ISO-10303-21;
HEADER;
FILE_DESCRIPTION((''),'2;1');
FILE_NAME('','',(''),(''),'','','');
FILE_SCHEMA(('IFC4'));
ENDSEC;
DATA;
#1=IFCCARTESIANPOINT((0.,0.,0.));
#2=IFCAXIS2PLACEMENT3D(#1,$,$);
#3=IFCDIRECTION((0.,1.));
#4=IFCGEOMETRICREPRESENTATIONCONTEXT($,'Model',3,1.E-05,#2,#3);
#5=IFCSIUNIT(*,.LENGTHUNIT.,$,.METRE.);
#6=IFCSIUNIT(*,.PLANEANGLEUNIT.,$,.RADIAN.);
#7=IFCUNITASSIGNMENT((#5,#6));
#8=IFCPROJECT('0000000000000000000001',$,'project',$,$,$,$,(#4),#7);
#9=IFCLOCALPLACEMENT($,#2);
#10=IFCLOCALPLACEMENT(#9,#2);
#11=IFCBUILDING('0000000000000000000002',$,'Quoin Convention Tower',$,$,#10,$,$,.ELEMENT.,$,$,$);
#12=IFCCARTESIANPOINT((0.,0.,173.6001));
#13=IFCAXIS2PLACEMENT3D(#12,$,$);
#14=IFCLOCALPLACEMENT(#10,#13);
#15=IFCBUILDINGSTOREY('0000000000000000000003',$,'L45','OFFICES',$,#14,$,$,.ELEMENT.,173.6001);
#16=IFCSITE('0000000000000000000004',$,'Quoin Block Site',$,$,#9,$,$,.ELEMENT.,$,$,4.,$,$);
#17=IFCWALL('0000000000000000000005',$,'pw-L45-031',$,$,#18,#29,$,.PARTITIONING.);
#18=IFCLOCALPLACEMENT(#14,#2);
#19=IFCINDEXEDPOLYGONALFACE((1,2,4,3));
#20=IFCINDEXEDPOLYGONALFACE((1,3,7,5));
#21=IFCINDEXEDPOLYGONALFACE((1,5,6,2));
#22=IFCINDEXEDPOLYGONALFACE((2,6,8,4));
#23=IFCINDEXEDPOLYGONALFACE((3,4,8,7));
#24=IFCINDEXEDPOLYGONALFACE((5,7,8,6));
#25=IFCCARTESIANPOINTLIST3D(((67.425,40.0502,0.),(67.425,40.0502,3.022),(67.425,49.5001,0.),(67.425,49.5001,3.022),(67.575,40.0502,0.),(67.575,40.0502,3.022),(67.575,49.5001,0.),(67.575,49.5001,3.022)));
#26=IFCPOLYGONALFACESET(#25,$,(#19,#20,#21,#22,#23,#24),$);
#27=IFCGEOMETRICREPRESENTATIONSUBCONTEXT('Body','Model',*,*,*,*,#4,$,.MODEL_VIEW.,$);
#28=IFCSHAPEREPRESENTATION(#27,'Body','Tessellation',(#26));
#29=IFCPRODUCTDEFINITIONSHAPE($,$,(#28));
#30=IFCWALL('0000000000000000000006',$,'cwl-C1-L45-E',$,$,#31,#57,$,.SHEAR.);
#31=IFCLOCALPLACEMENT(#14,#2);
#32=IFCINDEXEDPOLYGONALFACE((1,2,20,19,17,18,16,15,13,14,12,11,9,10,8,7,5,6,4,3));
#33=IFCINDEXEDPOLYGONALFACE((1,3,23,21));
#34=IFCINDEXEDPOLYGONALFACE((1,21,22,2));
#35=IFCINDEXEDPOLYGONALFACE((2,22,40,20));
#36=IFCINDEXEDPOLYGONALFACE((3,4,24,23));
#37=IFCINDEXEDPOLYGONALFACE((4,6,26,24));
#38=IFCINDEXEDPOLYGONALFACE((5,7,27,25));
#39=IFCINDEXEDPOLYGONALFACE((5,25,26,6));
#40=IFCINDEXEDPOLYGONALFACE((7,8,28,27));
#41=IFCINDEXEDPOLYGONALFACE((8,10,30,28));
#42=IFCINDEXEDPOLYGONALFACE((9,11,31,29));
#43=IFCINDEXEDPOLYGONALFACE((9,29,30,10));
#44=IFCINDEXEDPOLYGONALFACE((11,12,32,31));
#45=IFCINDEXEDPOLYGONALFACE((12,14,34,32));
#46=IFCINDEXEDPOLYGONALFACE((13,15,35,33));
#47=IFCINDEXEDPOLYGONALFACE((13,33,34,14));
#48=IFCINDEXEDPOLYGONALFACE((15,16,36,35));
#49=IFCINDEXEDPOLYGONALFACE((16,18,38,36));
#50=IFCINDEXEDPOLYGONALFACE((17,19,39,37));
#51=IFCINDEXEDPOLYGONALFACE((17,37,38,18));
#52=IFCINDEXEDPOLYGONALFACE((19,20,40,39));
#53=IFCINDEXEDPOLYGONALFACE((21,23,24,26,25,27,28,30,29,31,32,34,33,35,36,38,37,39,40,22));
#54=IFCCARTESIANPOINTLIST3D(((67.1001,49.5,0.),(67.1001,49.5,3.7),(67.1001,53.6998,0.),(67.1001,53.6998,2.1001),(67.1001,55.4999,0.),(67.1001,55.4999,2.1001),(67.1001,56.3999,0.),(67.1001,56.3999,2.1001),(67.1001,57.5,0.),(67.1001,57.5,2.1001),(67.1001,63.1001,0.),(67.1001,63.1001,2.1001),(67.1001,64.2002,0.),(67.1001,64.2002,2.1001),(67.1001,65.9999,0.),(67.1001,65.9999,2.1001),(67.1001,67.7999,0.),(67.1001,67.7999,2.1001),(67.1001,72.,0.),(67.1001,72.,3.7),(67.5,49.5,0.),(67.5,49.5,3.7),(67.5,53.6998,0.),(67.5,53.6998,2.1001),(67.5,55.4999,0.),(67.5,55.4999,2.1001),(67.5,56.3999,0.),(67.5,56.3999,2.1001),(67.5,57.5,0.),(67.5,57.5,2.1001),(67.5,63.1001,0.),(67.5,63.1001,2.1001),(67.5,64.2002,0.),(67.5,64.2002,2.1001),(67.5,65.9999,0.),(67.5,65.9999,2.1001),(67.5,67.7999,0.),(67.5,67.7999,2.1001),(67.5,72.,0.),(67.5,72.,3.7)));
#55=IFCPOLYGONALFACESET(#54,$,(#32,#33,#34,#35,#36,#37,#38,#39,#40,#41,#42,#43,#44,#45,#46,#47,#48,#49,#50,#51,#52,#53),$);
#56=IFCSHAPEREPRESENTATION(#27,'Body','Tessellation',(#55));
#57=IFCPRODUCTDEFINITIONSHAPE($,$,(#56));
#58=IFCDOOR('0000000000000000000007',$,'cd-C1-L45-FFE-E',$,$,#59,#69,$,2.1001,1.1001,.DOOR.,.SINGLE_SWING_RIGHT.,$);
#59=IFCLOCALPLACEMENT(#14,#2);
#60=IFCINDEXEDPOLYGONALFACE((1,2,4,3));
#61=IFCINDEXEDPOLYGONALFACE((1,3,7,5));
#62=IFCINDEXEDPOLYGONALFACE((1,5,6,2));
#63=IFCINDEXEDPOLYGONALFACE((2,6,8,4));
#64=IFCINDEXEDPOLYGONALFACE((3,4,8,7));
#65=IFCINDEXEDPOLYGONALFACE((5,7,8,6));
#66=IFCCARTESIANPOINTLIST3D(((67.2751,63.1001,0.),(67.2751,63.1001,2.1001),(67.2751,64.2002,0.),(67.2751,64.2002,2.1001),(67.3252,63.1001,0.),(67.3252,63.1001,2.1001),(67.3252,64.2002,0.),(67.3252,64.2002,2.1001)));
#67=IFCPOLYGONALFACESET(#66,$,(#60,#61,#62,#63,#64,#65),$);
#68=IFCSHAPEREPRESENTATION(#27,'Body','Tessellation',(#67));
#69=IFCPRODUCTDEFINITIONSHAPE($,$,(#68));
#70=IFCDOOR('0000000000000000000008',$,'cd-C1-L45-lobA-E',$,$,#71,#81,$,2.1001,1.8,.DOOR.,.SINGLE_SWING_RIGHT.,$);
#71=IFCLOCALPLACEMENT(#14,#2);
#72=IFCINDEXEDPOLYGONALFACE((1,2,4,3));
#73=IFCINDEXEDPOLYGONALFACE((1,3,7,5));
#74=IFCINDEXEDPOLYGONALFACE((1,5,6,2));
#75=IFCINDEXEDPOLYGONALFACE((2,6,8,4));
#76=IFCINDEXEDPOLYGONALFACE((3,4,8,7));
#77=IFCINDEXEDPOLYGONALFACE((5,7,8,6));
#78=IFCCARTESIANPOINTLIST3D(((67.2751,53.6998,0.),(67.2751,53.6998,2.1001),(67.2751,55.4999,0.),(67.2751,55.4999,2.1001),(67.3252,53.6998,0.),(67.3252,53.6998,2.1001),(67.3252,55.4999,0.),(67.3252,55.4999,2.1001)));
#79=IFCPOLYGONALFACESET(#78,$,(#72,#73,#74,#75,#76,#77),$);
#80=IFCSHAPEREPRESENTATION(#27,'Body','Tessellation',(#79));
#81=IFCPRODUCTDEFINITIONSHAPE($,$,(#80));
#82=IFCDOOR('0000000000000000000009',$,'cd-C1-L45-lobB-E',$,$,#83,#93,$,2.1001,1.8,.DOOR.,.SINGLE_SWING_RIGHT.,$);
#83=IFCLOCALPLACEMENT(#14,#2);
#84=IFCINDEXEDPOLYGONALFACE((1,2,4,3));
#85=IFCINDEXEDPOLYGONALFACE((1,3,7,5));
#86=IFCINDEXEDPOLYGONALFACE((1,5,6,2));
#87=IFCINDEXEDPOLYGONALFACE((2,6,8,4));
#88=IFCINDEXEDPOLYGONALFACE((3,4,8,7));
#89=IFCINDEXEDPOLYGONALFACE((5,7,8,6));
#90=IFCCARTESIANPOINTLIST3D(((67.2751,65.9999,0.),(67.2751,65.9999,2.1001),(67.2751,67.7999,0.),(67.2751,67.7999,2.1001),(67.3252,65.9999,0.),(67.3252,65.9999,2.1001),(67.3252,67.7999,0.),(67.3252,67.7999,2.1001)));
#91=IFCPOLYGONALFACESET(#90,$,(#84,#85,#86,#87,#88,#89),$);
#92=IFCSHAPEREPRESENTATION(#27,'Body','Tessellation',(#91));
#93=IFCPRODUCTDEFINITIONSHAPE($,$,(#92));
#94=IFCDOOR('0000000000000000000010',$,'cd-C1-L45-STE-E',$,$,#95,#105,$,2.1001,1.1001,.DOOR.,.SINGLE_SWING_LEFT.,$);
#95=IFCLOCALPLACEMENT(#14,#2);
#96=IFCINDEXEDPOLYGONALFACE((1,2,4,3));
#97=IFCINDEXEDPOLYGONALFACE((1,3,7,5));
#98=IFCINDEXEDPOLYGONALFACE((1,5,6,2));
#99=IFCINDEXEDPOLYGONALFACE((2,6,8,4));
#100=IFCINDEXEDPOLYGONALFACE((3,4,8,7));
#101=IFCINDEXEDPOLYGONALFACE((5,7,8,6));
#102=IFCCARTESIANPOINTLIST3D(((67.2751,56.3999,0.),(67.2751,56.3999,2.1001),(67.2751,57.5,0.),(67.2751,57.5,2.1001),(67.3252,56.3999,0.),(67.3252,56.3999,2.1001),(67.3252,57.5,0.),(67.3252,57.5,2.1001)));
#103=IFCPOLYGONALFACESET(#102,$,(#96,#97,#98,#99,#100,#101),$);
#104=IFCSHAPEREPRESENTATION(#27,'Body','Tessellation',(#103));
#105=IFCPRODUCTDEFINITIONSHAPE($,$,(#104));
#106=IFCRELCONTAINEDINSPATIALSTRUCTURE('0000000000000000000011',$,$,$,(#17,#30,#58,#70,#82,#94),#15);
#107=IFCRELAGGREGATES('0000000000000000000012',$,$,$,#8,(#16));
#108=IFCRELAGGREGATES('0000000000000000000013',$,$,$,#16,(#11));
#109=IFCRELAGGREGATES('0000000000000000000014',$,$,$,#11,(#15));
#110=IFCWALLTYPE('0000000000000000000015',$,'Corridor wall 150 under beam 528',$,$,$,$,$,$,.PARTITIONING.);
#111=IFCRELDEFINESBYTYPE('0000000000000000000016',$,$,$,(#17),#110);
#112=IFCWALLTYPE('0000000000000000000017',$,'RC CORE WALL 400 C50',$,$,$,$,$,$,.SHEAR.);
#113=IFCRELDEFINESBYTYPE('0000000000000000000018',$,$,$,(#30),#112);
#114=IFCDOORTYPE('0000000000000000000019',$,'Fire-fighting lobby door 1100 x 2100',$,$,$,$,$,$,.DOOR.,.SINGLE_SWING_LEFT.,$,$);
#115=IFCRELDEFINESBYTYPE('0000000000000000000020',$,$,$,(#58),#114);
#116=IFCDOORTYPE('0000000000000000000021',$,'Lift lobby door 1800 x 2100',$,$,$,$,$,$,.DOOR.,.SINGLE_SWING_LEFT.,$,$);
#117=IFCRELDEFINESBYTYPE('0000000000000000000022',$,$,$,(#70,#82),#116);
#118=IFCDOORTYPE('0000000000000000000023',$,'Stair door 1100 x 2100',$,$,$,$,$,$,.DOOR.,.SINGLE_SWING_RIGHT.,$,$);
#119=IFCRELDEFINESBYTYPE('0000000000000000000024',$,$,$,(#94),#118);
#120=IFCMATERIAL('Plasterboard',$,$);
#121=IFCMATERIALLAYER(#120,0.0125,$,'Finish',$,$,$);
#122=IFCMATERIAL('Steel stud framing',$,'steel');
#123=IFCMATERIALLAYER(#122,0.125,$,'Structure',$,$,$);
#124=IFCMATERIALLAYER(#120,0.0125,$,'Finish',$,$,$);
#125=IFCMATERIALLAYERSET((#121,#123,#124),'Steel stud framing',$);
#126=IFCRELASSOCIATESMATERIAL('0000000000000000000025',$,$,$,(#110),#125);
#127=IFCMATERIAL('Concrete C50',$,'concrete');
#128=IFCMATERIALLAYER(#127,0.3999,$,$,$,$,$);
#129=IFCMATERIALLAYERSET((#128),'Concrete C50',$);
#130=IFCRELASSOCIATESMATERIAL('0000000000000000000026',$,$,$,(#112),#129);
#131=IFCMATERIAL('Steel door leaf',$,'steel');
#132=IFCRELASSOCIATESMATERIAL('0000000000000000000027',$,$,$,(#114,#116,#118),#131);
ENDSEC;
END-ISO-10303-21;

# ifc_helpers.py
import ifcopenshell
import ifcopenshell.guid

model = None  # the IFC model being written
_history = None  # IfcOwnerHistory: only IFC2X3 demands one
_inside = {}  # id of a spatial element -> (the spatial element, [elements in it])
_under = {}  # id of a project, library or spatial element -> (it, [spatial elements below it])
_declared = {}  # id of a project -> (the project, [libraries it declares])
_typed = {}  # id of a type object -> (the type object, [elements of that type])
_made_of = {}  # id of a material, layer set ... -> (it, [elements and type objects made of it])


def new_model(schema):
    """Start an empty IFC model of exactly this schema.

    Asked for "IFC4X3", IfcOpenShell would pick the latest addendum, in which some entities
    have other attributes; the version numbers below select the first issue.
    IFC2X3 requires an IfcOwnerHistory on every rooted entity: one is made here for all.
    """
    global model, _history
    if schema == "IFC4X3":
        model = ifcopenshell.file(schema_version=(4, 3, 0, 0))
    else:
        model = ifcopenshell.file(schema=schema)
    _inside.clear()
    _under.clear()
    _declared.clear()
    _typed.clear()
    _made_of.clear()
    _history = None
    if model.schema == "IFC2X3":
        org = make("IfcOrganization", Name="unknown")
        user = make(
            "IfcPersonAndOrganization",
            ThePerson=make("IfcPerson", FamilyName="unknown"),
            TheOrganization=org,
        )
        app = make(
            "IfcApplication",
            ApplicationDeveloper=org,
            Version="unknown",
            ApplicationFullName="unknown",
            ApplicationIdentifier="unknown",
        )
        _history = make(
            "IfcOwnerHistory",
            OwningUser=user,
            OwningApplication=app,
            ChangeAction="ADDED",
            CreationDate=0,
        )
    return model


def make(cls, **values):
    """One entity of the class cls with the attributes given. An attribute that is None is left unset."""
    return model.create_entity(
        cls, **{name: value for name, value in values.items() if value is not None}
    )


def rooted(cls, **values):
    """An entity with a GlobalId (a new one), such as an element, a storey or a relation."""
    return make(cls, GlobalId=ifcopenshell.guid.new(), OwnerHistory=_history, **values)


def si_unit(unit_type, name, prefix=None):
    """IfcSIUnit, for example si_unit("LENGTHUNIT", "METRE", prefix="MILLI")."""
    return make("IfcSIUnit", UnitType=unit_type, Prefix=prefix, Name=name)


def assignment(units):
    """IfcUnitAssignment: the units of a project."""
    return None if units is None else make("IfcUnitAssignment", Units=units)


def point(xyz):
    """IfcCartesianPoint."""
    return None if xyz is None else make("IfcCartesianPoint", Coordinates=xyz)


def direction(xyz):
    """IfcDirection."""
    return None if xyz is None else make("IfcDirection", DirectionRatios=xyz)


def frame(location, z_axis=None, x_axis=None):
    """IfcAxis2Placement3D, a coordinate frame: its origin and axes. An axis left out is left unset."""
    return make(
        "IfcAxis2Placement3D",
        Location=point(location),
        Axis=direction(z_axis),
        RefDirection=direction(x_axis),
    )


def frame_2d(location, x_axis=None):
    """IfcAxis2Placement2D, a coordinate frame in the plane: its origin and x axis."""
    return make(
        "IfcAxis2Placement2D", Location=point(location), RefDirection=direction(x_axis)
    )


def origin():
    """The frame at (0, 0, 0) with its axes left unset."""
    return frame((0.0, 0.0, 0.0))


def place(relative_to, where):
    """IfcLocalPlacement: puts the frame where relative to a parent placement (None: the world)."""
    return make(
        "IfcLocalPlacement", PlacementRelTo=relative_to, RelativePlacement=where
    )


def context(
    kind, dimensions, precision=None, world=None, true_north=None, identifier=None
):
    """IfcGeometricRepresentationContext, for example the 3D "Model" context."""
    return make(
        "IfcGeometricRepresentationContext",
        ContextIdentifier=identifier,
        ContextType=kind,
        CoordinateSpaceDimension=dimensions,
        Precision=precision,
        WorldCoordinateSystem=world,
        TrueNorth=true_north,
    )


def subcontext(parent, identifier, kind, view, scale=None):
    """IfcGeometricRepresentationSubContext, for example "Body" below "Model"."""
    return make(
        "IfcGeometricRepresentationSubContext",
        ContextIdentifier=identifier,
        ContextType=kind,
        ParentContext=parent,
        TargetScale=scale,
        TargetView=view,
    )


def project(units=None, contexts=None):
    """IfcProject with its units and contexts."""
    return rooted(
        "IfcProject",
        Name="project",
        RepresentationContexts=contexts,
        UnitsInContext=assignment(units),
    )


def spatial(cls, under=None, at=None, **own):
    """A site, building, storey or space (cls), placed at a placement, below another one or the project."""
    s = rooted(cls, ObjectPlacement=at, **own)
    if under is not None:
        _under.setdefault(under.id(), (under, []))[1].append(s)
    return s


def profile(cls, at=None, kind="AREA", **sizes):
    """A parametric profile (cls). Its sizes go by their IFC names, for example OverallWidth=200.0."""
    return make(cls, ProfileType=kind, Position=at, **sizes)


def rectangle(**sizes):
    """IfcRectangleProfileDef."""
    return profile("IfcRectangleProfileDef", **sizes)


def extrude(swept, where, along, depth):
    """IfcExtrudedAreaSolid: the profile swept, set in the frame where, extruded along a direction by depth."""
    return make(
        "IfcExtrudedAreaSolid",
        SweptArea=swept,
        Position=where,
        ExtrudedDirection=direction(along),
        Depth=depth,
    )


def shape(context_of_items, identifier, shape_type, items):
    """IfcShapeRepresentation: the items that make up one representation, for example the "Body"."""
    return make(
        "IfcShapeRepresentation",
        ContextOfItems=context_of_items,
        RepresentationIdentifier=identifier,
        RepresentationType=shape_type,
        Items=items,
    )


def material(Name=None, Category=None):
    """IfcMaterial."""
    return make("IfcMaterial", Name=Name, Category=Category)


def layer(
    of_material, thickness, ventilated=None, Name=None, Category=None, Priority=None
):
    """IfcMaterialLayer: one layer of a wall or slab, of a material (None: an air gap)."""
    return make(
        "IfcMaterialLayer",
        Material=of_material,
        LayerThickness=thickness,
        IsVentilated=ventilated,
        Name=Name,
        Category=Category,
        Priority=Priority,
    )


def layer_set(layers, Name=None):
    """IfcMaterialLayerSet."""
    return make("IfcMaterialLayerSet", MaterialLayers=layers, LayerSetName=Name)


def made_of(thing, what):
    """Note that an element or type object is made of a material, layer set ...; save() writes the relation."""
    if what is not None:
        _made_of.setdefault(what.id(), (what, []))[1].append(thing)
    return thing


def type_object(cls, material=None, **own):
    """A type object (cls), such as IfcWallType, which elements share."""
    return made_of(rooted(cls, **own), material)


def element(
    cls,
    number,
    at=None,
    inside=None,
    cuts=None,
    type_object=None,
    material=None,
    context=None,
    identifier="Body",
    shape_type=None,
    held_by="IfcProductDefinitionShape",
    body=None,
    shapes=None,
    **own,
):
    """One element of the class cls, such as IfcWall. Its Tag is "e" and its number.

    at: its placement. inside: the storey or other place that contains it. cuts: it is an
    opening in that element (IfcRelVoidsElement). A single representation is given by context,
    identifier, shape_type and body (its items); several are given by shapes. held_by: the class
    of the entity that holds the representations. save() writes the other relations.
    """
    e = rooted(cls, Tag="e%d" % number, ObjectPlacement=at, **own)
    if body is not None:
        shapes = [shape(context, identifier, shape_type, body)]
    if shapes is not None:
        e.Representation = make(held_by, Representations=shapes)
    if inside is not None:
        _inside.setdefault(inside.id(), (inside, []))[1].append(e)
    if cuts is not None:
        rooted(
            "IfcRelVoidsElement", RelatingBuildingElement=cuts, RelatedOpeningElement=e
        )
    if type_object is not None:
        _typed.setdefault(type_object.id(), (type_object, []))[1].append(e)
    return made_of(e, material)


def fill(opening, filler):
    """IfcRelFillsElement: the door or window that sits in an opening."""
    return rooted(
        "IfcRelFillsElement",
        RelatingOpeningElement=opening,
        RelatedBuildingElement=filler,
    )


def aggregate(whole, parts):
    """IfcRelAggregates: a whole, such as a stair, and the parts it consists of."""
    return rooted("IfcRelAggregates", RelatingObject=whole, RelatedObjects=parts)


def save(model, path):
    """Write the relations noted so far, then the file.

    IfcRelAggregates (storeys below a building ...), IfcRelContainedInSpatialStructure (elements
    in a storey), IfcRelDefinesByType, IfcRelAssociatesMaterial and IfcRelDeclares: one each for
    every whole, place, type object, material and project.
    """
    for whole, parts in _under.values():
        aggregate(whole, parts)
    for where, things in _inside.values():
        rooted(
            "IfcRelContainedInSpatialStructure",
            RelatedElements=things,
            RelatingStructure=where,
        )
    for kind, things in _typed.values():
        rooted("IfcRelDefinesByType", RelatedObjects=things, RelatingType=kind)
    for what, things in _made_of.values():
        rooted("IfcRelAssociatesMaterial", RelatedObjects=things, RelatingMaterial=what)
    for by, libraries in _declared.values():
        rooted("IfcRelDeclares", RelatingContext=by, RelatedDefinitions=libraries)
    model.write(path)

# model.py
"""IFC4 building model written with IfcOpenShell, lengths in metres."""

from ifc_helpers import new_model, si_unit, direction, frame, frame_2d, origin, place, context, subcontext, project, spatial, rectangle, extrude, material, layer, layer_set, type_object, element, fill, save


model = new_model("IFC4")

# Units and contexts
model_context = context("Model", 3, precision=1e-05, world=origin(), true_north=direction((0.0, 1.0)))
body_context = subcontext(model_context, "Body", "Model", "MODEL_VIEW")
ifc_project = project(units=[si_unit("LENGTHUNIT", "METRE"), si_unit("PLANEANGLEUNIT", "RADIAN")], contexts=[model_context])

# Site, building, storey
site_placement = place(None, origin())
site = spatial("IfcSite", under=ifc_project, at=site_placement, Name="Quoin Block Site", CompositionType="ELEMENT", RefElevation=4.0)
building_placement = place(site_placement, origin())
building = spatial("IfcBuilding", under=site, at=building_placement, Name="Quoin Convention Tower", CompositionType="ELEMENT")
storey_placement = place(building_placement, frame((0.0, 0.0, 173.6001)))
storey = spatial("IfcBuildingStorey", under=building, at=storey_placement, Name="L45", Description="OFFICES", CompositionType="ELEMENT", Elevation=173.6001)

# Shared definitions
ifc_material_1 = material(Name="Concrete C50", Category="concrete")

# Wall
ifc_material_2 = material(Name="Plasterboard")
ifc_material_3 = material(Name="Steel stud framing", Category="steel")
ifc_layer_1 = layer(ifc_material_2, 0.0125, Name="Finish")
ifc_layer_2 = layer(ifc_material_3, 0.125, Name="Structure")
ifc_layer_3 = layer(ifc_material_2, 0.0125, Name="Finish")
ifc_layer_set_1 = layer_set([ifc_layer_1, ifc_layer_2, ifc_layer_3], Name="Steel stud framing")
wall_type_1 = type_object("IfcWallType", Name="Corridor wall 150 under beam 528", PredefinedType="PARTITIONING", material=ifc_layer_set_1)
wall_1_placement = place(storey_placement, frame((67.5, 40.05, 0.0), z_axis=(0.0, 0.0, 1.0), x_axis=(0.0, 1.0, 0.0)))
element("IfcWall", 1, at=wall_1_placement, inside=storey, type_object=wall_type_1, Name="pw-L45-031", PredefinedType="PARTITIONING", context=body_context, shape_type="SweptSolid", body=[
    extrude(rectangle(XDim=9.45, YDim=0.1499, at=frame_2d((4.7251, 0.0))), origin(), (0.0, 0.0, 1.0), 3.022),
])

# Wall, openings, doors
ifc_layer_4 = layer(ifc_material_1, 0.3999)
ifc_layer_set_2 = layer_set([ifc_layer_4], Name="Concrete C50")
wall_type_2 = type_object("IfcWallType", Name="RC CORE WALL 400 C50", PredefinedType="SHEAR", material=ifc_layer_set_2)
wall_2_placement = place(storey_placement, frame((67.3, 49.5, 0.0), z_axis=(0.0, 0.0, 1.0), x_axis=(0.0, 1.0, 0.0)))
wall_2 = element("IfcWall", 2, at=wall_2_placement, inside=storey, type_object=wall_type_2, Name="cwl-C1-L45-E", PredefinedType="SHEAR", context=body_context, shape_type="SweptSolid", body=[
    extrude(rectangle(XDim=22.5, YDim=0.3999, at=frame_2d((11.25, 0.0))), origin(), (0.0, 0.0, 1.0), 3.7),
])
opening_1_placement = place(wall_2_placement, frame((4.2, 0.0, 0.0)))
opening_1 = element("IfcOpeningElement", 3, at=opening_1_placement, cuts=wall_2, PredefinedType="OPENING", context=body_context, shape_type="SweptSolid", body=[
    extrude(rectangle(XDim=1.8, YDim=2.1001, at=frame_2d((0.8999, 1.05))), frame((0.0, 0.21, 0.0), z_axis=(0.0, -1.0, 0.0), x_axis=(1.0, 0.0, 0.0)), (0.0, 0.0, 1.0), 0.4199),
])
opening_2_placement = place(wall_2_placement, frame((6.8999, 0.0, 0.0)))
opening_2 = element("IfcOpeningElement", 4, at=opening_2_placement, cuts=wall_2, PredefinedType="OPENING", context=body_context, shape_type="SweptSolid", body=[
    extrude(rectangle(XDim=1.1001, YDim=2.1001, at=frame_2d((0.55, 1.05))), frame((0.0, 0.21, 0.0), z_axis=(0.0, -1.0, 0.0), x_axis=(1.0, 0.0, 0.0)), (0.0, 0.0, 1.0), 0.4199),
])
opening_3_placement = place(wall_2_placement, frame((13.6001, 0.0, 0.0)))
opening_3 = element("IfcOpeningElement", 5, at=opening_3_placement, cuts=wall_2, PredefinedType="OPENING", context=body_context, shape_type="SweptSolid", body=[
    extrude(rectangle(XDim=1.1001, YDim=2.1001, at=frame_2d((0.55, 1.05))), frame((0.0, 0.21, 0.0), z_axis=(0.0, -1.0, 0.0), x_axis=(1.0, 0.0, 0.0)), (0.0, 0.0, 1.0), 0.4199),
])
opening_4_placement = place(wall_2_placement, frame((16.5, 0.0, 0.0)))
opening_4 = element("IfcOpeningElement", 6, at=opening_4_placement, cuts=wall_2, PredefinedType="OPENING", context=body_context, shape_type="SweptSolid", body=[
    extrude(rectangle(XDim=1.8, YDim=2.1001, at=frame_2d((0.8999, 1.05))), frame((0.0, 0.21, 0.0), z_axis=(0.0, -1.0, 0.0), x_axis=(1.0, 0.0, 0.0)), (0.0, 0.0, 1.0), 0.4199),
])
ifc_material_4 = material(Name="Steel door leaf", Category="steel")
door_type_1 = type_object("IfcDoorType", Name="Fire-fighting lobby door 1100 x 2100", OperationType="SINGLE_SWING_LEFT", PredefinedType="DOOR", material=ifc_material_4)
door_1_placement = place(opening_3_placement, origin())
door_1 = element("IfcDoor", 7, at=door_1_placement, inside=storey, type_object=door_type_1, Name="cd-C1-L45-FFE-E", OperationType="SINGLE_SWING_RIGHT", OverallHeight=2.1001, OverallWidth=1.1001, PredefinedType="DOOR", context=body_context, shape_type="SweptSolid", body=[
    extrude(rectangle(XDim=1.1001, YDim=2.1001, at=frame_2d((0.55, 1.05))), frame((0.0, 0.0249, 0.0), z_axis=(0.0, -1.0, 0.0), x_axis=(1.0, 0.0, 0.0)), (0.0, 0.0, 1.0), 0.05),
])
fill(opening_3, door_1)
door_type_2 = type_object("IfcDoorType", Name="Lift lobby door 1800 x 2100", OperationType="SINGLE_SWING_LEFT", PredefinedType="DOOR", material=ifc_material_4)
door_2_placement = place(opening_1_placement, origin())
door_2 = element("IfcDoor", 8, at=door_2_placement, inside=storey, type_object=door_type_2, Name="cd-C1-L45-lobA-E", OperationType="SINGLE_SWING_RIGHT", OverallHeight=2.1001, OverallWidth=1.8, PredefinedType="DOOR", context=body_context, shape_type="SweptSolid", body=[
    extrude(rectangle(XDim=1.8, YDim=2.1001, at=frame_2d((0.8999, 1.05))), frame((0.0, 0.0249, 0.0), z_axis=(0.0, -1.0, 0.0), x_axis=(1.0, 0.0, 0.0)), (0.0, 0.0, 1.0), 0.05),
])
fill(opening_1, door_2)
door_3_placement = place(opening_4_placement, origin())
door_3 = element("IfcDoor", 9, at=door_3_placement, inside=storey, type_object=door_type_2, Name="cd-C1-L45-lobB-E", OperationType="SINGLE_SWING_RIGHT", OverallHeight=2.1001, OverallWidth=1.8, PredefinedType="DOOR", context=body_context, shape_type="SweptSolid", body=[
    extrude(rectangle(XDim=1.8, YDim=2.1001, at=frame_2d((0.8999, 1.05))), frame((0.0, 0.0249, 0.0), z_axis=(0.0, -1.0, 0.0), x_axis=(1.0, 0.0, 0.0)), (0.0, 0.0, 1.0), 0.05),
])
fill(opening_4, door_3)
door_type_3 = type_object("IfcDoorType", Name="Stair door 1100 x 2100", OperationType="SINGLE_SWING_RIGHT", PredefinedType="DOOR", material=ifc_material_4)
door_4_placement = place(opening_2_placement, origin())
door_4 = element("IfcDoor", 10, at=door_4_placement, inside=storey, type_object=door_type_3, Name="cd-C1-L45-STE-E", OperationType="SINGLE_SWING_LEFT", OverallHeight=2.1001, OverallWidth=1.1001, PredefinedType="DOOR", context=body_context, shape_type="SweptSolid", body=[
    extrude(rectangle(XDim=1.1001, YDim=2.1001, at=frame_2d((0.55, 1.05))), frame((0.0, 0.0249, 0.0), z_axis=(0.0, -1.0, 0.0), x_axis=(1.0, 0.0, 0.0)), (0.0, 0.0, 1.0), 0.05),
])
fill(opening_2, door_4)

save(model, "model.ifc")
